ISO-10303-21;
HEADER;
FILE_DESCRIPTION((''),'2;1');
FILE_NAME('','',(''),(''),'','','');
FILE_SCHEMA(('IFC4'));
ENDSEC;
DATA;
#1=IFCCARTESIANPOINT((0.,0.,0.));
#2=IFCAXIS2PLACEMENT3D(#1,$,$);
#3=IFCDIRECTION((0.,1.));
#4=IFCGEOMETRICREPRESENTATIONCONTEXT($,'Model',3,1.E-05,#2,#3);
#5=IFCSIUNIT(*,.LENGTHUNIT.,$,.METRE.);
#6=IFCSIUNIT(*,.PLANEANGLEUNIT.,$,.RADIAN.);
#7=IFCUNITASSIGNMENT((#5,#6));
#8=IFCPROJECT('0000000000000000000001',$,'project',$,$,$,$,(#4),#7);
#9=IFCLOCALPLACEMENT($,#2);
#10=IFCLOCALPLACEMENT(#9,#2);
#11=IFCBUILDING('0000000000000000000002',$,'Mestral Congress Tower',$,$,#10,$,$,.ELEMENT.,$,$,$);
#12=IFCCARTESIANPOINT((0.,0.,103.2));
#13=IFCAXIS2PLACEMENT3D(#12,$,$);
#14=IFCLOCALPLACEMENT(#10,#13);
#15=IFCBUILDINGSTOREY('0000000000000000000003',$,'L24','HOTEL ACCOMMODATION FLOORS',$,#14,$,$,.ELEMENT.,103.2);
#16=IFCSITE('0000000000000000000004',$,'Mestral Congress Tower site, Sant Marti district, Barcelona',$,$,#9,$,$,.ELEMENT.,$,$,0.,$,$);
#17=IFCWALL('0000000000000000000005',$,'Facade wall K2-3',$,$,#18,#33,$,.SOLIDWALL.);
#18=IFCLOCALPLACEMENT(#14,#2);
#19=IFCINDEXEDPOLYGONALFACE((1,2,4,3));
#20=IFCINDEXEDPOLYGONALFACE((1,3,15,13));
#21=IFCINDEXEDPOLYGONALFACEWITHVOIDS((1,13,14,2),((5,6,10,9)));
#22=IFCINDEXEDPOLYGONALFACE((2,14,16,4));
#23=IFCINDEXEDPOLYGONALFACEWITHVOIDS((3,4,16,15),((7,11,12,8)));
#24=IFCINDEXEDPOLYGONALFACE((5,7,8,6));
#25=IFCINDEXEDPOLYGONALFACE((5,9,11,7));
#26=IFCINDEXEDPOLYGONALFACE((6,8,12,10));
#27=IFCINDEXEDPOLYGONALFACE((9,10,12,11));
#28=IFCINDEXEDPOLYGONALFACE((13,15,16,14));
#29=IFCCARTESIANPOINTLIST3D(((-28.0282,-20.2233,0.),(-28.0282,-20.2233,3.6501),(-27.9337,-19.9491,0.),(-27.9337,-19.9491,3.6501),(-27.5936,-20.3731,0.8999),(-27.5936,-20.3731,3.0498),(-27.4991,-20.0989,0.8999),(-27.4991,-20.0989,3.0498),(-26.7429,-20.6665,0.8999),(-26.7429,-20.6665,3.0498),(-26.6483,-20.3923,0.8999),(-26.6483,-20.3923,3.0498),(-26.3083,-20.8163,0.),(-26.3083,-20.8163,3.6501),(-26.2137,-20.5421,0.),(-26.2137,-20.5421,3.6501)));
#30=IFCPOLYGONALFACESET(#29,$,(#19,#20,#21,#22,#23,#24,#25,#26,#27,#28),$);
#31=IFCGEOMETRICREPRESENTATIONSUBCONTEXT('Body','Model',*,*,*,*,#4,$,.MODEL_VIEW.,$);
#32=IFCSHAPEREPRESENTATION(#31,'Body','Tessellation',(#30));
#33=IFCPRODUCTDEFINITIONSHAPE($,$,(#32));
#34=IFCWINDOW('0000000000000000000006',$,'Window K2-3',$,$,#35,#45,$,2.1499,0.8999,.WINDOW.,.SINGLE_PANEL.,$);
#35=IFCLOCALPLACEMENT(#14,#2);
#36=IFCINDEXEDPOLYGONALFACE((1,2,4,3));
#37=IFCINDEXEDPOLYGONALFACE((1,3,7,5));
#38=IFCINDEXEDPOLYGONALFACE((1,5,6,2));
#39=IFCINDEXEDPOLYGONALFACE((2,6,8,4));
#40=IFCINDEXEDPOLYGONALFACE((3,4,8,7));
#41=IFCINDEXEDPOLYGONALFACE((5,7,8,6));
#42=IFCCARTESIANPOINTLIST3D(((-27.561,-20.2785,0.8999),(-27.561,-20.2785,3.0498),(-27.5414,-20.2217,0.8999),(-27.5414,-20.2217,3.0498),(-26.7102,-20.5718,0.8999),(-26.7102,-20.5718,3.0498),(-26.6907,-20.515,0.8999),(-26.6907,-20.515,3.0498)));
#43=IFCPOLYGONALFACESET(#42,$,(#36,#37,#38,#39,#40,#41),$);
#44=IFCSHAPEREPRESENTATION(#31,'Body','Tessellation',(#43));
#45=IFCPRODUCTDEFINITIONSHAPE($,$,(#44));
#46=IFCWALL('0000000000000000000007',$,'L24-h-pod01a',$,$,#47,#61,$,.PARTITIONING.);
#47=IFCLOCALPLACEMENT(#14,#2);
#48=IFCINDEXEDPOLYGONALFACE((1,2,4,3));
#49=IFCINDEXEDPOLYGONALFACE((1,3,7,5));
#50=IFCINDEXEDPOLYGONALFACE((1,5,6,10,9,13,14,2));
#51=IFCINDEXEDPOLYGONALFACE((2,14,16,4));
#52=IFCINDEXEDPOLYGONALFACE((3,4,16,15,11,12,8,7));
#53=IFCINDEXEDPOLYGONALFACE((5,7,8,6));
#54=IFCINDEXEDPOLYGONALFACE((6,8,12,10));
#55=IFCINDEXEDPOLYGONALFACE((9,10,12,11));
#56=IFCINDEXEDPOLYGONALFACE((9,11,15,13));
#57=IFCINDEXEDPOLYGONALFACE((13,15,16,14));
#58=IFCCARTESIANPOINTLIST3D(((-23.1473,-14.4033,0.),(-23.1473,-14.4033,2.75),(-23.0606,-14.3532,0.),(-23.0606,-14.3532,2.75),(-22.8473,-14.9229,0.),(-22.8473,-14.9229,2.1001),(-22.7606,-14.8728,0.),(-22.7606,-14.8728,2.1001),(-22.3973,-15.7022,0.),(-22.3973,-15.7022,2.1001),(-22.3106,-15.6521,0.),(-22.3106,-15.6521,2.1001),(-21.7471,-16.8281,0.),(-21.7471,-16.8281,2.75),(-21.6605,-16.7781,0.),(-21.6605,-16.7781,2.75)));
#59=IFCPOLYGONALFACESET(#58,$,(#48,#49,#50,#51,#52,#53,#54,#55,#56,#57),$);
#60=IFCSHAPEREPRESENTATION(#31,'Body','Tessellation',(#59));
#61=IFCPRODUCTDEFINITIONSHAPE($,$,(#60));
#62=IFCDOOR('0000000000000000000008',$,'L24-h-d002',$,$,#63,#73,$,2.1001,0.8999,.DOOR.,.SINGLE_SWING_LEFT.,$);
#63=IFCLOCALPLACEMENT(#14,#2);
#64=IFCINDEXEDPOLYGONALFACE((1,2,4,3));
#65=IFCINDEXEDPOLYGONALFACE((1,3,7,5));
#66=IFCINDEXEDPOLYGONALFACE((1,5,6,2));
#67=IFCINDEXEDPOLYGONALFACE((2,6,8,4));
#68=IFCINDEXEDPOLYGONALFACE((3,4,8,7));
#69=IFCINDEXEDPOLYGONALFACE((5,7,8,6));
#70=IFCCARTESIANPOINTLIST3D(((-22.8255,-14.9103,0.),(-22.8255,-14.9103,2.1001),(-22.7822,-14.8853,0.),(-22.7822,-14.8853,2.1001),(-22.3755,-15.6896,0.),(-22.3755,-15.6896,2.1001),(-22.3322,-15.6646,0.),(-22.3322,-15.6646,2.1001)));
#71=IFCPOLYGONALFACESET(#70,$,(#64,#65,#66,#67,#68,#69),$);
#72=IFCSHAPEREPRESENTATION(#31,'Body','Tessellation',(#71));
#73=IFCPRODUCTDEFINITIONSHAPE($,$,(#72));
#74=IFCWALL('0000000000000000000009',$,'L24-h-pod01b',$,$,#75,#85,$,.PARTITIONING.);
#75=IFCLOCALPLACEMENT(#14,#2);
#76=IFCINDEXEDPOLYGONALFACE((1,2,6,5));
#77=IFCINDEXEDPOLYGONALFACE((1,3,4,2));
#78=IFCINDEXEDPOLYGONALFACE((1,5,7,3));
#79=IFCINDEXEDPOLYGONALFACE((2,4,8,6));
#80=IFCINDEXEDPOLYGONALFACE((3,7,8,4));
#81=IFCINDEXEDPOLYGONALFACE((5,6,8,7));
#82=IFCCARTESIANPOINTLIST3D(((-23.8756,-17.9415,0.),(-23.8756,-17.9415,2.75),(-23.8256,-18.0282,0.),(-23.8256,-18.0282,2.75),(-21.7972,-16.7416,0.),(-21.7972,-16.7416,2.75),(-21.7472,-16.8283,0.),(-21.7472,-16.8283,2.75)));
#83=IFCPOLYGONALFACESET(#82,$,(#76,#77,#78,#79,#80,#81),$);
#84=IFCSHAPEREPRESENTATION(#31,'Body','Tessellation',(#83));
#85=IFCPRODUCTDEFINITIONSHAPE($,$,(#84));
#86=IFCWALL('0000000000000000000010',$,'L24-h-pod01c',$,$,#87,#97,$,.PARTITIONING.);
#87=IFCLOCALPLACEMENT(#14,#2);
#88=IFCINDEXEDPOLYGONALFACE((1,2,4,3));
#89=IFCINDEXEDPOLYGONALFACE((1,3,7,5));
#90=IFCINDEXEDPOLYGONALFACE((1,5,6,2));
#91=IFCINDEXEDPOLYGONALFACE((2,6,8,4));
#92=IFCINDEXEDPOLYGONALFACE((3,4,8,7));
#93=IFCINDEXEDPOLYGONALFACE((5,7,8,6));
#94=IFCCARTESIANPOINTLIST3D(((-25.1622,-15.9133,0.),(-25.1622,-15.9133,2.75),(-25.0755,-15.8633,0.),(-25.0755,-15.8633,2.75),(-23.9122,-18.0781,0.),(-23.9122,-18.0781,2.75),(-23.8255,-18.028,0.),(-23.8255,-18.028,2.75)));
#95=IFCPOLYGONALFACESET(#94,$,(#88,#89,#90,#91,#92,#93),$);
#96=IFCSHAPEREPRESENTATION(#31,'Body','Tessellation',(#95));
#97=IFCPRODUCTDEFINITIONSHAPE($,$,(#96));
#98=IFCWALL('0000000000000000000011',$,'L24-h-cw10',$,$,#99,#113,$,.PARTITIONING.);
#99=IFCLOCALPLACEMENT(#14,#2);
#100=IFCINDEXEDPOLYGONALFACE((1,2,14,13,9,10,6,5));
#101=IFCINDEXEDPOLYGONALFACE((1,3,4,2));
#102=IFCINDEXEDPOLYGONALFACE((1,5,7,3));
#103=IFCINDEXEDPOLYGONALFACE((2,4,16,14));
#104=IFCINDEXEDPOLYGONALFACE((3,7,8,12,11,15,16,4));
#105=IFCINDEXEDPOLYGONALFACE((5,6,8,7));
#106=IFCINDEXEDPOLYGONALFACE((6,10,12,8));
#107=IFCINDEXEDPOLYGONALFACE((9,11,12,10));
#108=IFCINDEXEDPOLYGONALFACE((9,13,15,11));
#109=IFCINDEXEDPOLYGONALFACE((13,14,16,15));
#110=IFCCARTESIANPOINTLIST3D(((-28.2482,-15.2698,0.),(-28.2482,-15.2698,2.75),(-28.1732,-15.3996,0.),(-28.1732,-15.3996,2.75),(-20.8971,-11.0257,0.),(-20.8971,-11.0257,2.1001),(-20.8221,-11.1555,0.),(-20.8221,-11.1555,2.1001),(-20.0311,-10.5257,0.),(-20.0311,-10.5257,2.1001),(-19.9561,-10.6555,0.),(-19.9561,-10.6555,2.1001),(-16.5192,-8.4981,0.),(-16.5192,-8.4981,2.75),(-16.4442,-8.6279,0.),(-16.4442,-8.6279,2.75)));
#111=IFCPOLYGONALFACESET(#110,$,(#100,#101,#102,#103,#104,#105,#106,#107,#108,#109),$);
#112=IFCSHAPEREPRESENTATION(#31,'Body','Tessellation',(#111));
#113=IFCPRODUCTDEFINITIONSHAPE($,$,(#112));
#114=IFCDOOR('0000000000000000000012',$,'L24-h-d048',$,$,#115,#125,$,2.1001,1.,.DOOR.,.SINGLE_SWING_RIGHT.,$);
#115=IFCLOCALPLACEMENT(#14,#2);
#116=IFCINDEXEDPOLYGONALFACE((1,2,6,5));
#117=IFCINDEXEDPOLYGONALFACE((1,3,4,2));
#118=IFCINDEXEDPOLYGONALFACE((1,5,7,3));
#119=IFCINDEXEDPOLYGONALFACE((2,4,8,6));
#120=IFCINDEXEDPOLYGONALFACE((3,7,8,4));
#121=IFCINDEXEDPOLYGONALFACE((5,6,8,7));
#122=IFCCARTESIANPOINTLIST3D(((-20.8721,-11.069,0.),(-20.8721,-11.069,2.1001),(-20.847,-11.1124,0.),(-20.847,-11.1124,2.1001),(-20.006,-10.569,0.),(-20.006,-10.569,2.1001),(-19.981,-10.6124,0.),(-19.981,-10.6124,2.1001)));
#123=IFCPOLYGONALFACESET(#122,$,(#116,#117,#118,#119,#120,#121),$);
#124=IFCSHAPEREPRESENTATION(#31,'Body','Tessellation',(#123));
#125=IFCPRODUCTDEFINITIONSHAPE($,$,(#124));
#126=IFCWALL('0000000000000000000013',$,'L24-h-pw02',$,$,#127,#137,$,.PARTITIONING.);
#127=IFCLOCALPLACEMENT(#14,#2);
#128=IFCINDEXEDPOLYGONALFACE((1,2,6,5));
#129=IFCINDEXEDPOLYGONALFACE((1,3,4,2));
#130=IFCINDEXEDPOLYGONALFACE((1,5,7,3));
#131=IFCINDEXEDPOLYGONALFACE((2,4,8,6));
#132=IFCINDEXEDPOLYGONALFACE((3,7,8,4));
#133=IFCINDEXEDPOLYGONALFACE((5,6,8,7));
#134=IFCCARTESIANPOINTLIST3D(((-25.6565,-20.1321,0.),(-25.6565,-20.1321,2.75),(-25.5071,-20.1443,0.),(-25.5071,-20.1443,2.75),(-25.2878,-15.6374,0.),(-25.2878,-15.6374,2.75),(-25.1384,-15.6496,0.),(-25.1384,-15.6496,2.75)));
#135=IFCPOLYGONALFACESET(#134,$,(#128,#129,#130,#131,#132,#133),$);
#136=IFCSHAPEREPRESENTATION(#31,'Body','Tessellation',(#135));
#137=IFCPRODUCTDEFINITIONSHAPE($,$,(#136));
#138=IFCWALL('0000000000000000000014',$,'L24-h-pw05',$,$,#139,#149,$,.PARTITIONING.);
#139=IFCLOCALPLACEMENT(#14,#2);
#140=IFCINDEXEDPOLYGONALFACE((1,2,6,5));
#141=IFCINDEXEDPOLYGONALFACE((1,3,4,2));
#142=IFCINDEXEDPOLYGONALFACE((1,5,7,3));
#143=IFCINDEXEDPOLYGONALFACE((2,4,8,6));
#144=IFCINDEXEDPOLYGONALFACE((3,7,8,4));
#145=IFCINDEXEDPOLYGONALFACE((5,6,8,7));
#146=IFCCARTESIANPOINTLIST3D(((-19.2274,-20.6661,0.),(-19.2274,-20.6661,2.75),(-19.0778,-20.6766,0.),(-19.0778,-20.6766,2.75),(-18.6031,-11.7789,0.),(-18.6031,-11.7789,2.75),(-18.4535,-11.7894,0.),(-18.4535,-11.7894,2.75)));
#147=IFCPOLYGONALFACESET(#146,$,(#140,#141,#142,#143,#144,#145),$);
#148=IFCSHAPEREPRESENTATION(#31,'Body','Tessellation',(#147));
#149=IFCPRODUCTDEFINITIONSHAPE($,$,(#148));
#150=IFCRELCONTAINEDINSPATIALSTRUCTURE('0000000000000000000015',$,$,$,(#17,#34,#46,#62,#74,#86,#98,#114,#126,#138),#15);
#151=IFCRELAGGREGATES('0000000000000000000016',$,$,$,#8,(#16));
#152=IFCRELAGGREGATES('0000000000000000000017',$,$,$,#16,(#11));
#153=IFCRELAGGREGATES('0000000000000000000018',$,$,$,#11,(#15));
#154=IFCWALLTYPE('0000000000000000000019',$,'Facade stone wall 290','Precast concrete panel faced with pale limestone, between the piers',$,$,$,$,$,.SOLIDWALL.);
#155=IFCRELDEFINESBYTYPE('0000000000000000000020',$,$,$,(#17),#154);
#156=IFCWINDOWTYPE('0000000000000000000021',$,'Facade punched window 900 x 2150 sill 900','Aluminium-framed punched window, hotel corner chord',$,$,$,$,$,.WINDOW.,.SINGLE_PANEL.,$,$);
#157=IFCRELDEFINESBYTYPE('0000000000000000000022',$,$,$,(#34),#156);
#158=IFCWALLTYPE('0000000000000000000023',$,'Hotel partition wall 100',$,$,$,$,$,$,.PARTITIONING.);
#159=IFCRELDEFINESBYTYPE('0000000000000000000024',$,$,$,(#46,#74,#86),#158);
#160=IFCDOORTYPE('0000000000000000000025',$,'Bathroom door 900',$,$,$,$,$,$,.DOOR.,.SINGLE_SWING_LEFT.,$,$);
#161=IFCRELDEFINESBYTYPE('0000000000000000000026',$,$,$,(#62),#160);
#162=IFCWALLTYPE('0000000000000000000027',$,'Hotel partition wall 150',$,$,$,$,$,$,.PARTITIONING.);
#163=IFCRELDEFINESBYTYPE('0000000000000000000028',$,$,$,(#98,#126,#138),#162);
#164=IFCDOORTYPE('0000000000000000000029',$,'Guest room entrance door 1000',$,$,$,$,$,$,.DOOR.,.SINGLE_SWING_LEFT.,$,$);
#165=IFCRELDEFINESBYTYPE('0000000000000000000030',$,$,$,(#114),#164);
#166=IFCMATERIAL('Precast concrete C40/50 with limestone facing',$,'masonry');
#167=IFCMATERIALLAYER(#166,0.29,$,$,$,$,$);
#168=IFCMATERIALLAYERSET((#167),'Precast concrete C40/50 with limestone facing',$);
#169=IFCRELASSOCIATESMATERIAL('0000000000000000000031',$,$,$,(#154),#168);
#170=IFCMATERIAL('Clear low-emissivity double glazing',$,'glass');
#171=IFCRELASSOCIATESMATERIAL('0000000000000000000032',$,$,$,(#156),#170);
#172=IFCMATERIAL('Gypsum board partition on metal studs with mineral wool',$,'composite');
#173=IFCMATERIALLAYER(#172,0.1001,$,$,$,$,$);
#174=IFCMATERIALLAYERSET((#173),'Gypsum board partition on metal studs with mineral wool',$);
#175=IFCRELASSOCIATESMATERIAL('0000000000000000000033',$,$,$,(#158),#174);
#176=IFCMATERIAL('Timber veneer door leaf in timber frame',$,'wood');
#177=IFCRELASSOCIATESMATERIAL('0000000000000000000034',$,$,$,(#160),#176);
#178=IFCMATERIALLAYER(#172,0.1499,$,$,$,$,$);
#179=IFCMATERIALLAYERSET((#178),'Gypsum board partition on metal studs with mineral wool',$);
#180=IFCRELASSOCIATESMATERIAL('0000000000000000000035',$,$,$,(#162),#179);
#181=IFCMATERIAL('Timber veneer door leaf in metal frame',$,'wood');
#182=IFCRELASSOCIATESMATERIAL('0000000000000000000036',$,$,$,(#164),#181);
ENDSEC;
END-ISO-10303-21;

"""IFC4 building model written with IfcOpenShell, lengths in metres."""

from ifc_helpers import new_model, si_unit, direction, frame, frame_2d, origin, place, context, subcontext, project, spatial, rectangle, extrude, material, layer, layer_set, type_object, element, fill, save


model = new_model("IFC4")

# Units and contexts
model_context = context("Model", 3, precision=1e-05, world=origin(), true_north=direction((0.0, 1.0)))
body_context = subcontext(model_context, "Body", "Model", "MODEL_VIEW")
ifc_project = project(units=[si_unit("LENGTHUNIT", "METRE"), si_unit("PLANEANGLEUNIT", "RADIAN")], contexts=[model_context])

# Site, building, storey
site_placement = place(None, origin())
site = spatial("IfcSite", under=ifc_project, at=site_placement, Name="Mestral Congress Tower site, Sant Marti district, Barcelona", CompositionType="ELEMENT", RefElevation=0.0)
building_placement = place(site_placement, origin())
building = spatial("IfcBuilding", under=site, at=building_placement, Name="Mestral Congress Tower", CompositionType="ELEMENT")
storey_placement = place(building_placement, frame((0.0, 0.0, 103.2)))
storey = spatial("IfcBuildingStorey", under=building, at=storey_placement, Name="L24", Description="HOTEL ACCOMMODATION FLOORS", CompositionType="ELEMENT", Elevation=103.2)

# Shared definitions
ifc_material_1 = material(Name="Precast concrete C40/50 with limestone facing", Category="masonry")
ifc_layer_1 = layer(ifc_material_1, 0.29)
ifc_layer_set_1 = layer_set([ifc_layer_1], Name="Precast concrete C40/50 with limestone facing")
wall_type_1 = type_object("IfcWallType", Name="Facade stone wall 290", Description="Precast concrete panel faced with pale limestone, between the piers", PredefinedType="SOLIDWALL", material=ifc_layer_set_1)
ifc_material_2 = material(Name="Clear low-emissivity double glazing", Category="glass")

# Wall, opening, window
wall_1_placement = place(storey_placement, frame((-27.981, -20.0862, 0.0), z_axis=(0.0, 0.0, 1.0), x_axis=(0.945386, -0.325953, 0.0)))
wall_1 = element("IfcWall", 1, at=wall_1_placement, inside=storey, type_object=wall_type_1, Name="Facade wall K2-3", PredefinedType="SOLIDWALL", context=body_context, shape_type="SweptSolid", body=[
    extrude(rectangle(XDim=1.8193, YDim=0.29, at=frame_2d((0.9097, 0.0))), origin(), (0.0, 0.0, 1.0), 3.6501),
])
opening_1_placement = place(wall_1_placement, frame((0.4597, 0.0, 0.8999)))
opening_1 = element("IfcOpeningElement", 2, at=opening_1_placement, cuts=wall_1, PredefinedType="OPENING", context=body_context, shape_type="SweptSolid", body=[
    extrude(rectangle(XDim=0.8999, YDim=2.1499, at=frame_2d((0.45, 1.075))), frame((0.0, 0.155, 0.0), z_axis=(0.0, -1.0, 0.0), x_axis=(1.0, 0.0, 0.0)), (0.0, 0.0, 1.0), 0.3101),
])
window_type_1 = type_object("IfcWindowType", Name="Facade punched window 900 x 2150 sill 900", Description="Aluminium-framed punched window, hotel corner chord", PartitioningType="SINGLE_PANEL", PredefinedType="WINDOW", material=ifc_material_2)
window_1_placement = place(opening_1_placement, origin())
window_1 = element("IfcWindow", 3, at=window_1_placement, inside=storey, type_object=window_type_1, Name="Window K2-3", OverallHeight=2.1499, OverallWidth=0.8999, PartitioningType="SINGLE_PANEL", PredefinedType="WINDOW", context=body_context, shape_type="SweptSolid", body=[
    extrude(rectangle(XDim=0.8999, YDim=2.1499, at=frame_2d((0.45, 1.075))), frame((0.0, 0.0151, 0.0), z_axis=(0.0, -1.0, 0.0), x_axis=(1.0, 0.0, 0.0)), (0.0, 0.0, 1.0), 0.0601),
])
fill(opening_1, window_1)

# Wall, opening, door
ifc_material_3 = material(Name="Gypsum board partition on metal studs with mineral wool", Category="composite")
ifc_layer_2 = layer(ifc_material_3, 0.1001)
ifc_layer_set_2 = layer_set([ifc_layer_2], Name="Gypsum board partition on metal studs with mineral wool")
wall_type_2 = type_object("IfcWallType", Name="Hotel partition wall 100", PredefinedType="PARTITIONING", material=ifc_layer_set_2)
wall_2_placement = place(storey_placement, frame((-21.7039, -16.803, 0.0), z_axis=(0.0, 0.0, 1.0), x_axis=(-0.50005, 0.865997, 0.0)))
wall_2 = element("IfcWall", 4, at=wall_2_placement, inside=storey, type_object=wall_type_2, Name="L24-h-pod01a", PredefinedType="PARTITIONING", context=body_context, shape_type="SweptSolid", body=[
    extrude(rectangle(XDim=2.8, YDim=0.1001, at=frame_2d((1.3999, 0.0))), origin(), (0.0, 0.0, 1.0), 2.75),
])
opening_2_placement = place(wall_2_placement, frame((1.3, 0.0, 0.0)))
opening_2 = element("IfcOpeningElement", 5, at=opening_2_placement, cuts=wall_2, PredefinedType="OPENING", context=body_context, shape_type="SweptSolid", body=[
    extrude(rectangle(XDim=0.8999, YDim=2.1001, at=frame_2d((0.45, 1.05))), frame((0.0, 0.0601, 0.0), z_axis=(0.0, -1.0, 0.0), x_axis=(1.0, 0.0, 0.0)), (0.0, 0.0, 1.0), 0.1201),
])
ifc_material_4 = material(Name="Timber veneer door leaf in timber frame", Category="wood")
door_type_1 = type_object("IfcDoorType", Name="Bathroom door 900", OperationType="SINGLE_SWING_LEFT", PredefinedType="DOOR", material=ifc_material_4)
door_1_placement = place(opening_2_placement, origin())
door_1 = element("IfcDoor", 6, at=door_1_placement, inside=storey, type_object=door_type_1, Name="L24-h-d002", OperationType="SINGLE_SWING_LEFT", OverallHeight=2.1001, OverallWidth=0.8999, PredefinedType="DOOR", context=body_context, shape_type="SweptSolid", body=[
    extrude(rectangle(XDim=0.8999, YDim=2.1001, at=frame_2d((0.45, 1.05))), frame((0.0, 0.0249, 0.0), z_axis=(0.0, -1.0, 0.0), x_axis=(1.0, 0.0, 0.0)), (0.0, 0.0, 1.0), 0.05),
])
fill(opening_2, door_1)

# Walls
wall_3_placement = place(storey_placement, frame((-21.7722, -16.7849, 0.0), z_axis=(0.0, 0.0, 1.0), x_axis=(-0.866025, -0.500001, 0.0)))
element("IfcWall", 7, at=wall_3_placement, inside=storey, type_object=wall_type_2, Name="L24-h-pod01b", PredefinedType="PARTITIONING", context=body_context, shape_type="SweptSolid", body=[
    extrude(rectangle(XDim=2.3999, YDim=0.1001, at=frame_2d((1.2, 0.0))), origin(), (0.0, 0.0, 1.0), 2.75),
])
wall_4_placement = place(storey_placement, frame((-25.1189, -15.8882, 0.0), z_axis=(0.0, 0.0, 1.0), x_axis=(0.500047, -0.865999, 0.0)))
element("IfcWall", 8, at=wall_4_placement, inside=storey, type_object=wall_type_2, Name="L24-h-pod01c", PredefinedType="PARTITIONING", context=body_context, shape_type="SweptSolid", body=[
    extrude(rectangle(XDim=2.4998, YDim=0.1001, at=frame_2d((1.25, 0.0))), origin(), (0.0, 0.0, 1.0), 2.75),
])

# Wall, opening, door
ifc_layer_3 = layer(ifc_material_3, 0.1499)
ifc_layer_set_3 = layer_set([ifc_layer_3], Name="Gypsum board partition on metal studs with mineral wool")
wall_type_3 = type_object("IfcWallType", Name="Hotel partition wall 150", PredefinedType="PARTITIONING", material=ifc_layer_set_3)
wall_5_placement = place(storey_placement, frame((-28.2107, -15.3347, 0.0), z_axis=(0.0, 0.0, 1.0), x_axis=(0.866026, 0.499999, 0.0)))
wall_5 = element("IfcWall", 9, at=wall_5_placement, inside=storey, type_object=wall_type_3, Name="L24-h-cw10", PredefinedType="PARTITIONING", context=body_context, shape_type="SweptSolid", body=[
    extrude(rectangle(XDim=13.5435, YDim=0.1499, at=frame_2d((6.7717, 0.0))), origin(), (0.0, 0.0, 1.0), 2.75),
])
opening_3_placement = place(wall_5_placement, frame((8.4883, 0.0, 0.0)))
opening_3 = element("IfcOpeningElement", 10, at=opening_3_placement, cuts=wall_5, PredefinedType="OPENING", context=body_context, shape_type="SweptSolid", body=[
    extrude(rectangle(XDim=1.0, YDim=2.1001, at=frame_2d((0.5, 1.05))), frame((0.0, 0.085, 0.0), z_axis=(0.0, -1.0, 0.0), x_axis=(1.0, 0.0, 0.0)), (0.0, 0.0, 1.0), 0.1699),
])
ifc_material_5 = material(Name="Timber veneer door leaf in metal frame", Category="wood")
door_type_2 = type_object("IfcDoorType", Name="Guest room entrance door 1000", OperationType="SINGLE_SWING_LEFT", PredefinedType="DOOR", material=ifc_material_5)
door_2_placement = place(opening_3_placement, origin())
door_2 = element("IfcDoor", 11, at=door_2_placement, inside=storey, type_object=door_type_2, Name="L24-h-d048", OperationType="SINGLE_SWING_RIGHT", OverallHeight=2.1001, OverallWidth=1.0, PredefinedType="DOOR", context=body_context, shape_type="SweptSolid", body=[
    extrude(rectangle(XDim=1.0, YDim=2.1001, at=frame_2d((0.5, 1.05))), frame((0.0, 0.0249, 0.0), z_axis=(0.0, -1.0, 0.0), x_axis=(1.0, 0.0, 0.0)), (0.0, 0.0, 1.0), 0.05),
])
fill(opening_3, door_2)

# Walls
wall_6_placement = place(storey_placement, frame((-25.5818, -20.1382, 0.0), z_axis=(0.0, 0.0, 1.0), x_axis=(0.081746, 0.996653, 0.0)))
element("IfcWall", 12, at=wall_6_placement, inside=storey, type_object=wall_type_3, Name="L24-h-pw02", PredefinedType="PARTITIONING", context=body_context, shape_type="SweptSolid", body=[
    extrude(rectangle(XDim=4.5098, YDim=0.1499, at=frame_2d((2.2549, 0.0))), origin(), (0.0, 0.0, 1.0), 2.75),
])
wall_7_placement = place(storey_placement, frame((-19.1526, -20.6714, 0.0), z_axis=(0.0, 0.0, 1.0), x_axis=(0.070071, 0.997542, 0.0)))
element("IfcWall", 13, at=wall_7_placement, inside=storey, type_object=wall_type_3, Name="L24-h-pw05", PredefinedType="PARTITIONING", context=body_context, shape_type="SweptSolid", body=[
    extrude(rectangle(XDim=8.9092, YDim=0.1499, at=frame_2d((4.4546, 0.0))), origin(), (0.0, 0.0, 1.0), 2.75),
])

save(model, "model.ifc")
